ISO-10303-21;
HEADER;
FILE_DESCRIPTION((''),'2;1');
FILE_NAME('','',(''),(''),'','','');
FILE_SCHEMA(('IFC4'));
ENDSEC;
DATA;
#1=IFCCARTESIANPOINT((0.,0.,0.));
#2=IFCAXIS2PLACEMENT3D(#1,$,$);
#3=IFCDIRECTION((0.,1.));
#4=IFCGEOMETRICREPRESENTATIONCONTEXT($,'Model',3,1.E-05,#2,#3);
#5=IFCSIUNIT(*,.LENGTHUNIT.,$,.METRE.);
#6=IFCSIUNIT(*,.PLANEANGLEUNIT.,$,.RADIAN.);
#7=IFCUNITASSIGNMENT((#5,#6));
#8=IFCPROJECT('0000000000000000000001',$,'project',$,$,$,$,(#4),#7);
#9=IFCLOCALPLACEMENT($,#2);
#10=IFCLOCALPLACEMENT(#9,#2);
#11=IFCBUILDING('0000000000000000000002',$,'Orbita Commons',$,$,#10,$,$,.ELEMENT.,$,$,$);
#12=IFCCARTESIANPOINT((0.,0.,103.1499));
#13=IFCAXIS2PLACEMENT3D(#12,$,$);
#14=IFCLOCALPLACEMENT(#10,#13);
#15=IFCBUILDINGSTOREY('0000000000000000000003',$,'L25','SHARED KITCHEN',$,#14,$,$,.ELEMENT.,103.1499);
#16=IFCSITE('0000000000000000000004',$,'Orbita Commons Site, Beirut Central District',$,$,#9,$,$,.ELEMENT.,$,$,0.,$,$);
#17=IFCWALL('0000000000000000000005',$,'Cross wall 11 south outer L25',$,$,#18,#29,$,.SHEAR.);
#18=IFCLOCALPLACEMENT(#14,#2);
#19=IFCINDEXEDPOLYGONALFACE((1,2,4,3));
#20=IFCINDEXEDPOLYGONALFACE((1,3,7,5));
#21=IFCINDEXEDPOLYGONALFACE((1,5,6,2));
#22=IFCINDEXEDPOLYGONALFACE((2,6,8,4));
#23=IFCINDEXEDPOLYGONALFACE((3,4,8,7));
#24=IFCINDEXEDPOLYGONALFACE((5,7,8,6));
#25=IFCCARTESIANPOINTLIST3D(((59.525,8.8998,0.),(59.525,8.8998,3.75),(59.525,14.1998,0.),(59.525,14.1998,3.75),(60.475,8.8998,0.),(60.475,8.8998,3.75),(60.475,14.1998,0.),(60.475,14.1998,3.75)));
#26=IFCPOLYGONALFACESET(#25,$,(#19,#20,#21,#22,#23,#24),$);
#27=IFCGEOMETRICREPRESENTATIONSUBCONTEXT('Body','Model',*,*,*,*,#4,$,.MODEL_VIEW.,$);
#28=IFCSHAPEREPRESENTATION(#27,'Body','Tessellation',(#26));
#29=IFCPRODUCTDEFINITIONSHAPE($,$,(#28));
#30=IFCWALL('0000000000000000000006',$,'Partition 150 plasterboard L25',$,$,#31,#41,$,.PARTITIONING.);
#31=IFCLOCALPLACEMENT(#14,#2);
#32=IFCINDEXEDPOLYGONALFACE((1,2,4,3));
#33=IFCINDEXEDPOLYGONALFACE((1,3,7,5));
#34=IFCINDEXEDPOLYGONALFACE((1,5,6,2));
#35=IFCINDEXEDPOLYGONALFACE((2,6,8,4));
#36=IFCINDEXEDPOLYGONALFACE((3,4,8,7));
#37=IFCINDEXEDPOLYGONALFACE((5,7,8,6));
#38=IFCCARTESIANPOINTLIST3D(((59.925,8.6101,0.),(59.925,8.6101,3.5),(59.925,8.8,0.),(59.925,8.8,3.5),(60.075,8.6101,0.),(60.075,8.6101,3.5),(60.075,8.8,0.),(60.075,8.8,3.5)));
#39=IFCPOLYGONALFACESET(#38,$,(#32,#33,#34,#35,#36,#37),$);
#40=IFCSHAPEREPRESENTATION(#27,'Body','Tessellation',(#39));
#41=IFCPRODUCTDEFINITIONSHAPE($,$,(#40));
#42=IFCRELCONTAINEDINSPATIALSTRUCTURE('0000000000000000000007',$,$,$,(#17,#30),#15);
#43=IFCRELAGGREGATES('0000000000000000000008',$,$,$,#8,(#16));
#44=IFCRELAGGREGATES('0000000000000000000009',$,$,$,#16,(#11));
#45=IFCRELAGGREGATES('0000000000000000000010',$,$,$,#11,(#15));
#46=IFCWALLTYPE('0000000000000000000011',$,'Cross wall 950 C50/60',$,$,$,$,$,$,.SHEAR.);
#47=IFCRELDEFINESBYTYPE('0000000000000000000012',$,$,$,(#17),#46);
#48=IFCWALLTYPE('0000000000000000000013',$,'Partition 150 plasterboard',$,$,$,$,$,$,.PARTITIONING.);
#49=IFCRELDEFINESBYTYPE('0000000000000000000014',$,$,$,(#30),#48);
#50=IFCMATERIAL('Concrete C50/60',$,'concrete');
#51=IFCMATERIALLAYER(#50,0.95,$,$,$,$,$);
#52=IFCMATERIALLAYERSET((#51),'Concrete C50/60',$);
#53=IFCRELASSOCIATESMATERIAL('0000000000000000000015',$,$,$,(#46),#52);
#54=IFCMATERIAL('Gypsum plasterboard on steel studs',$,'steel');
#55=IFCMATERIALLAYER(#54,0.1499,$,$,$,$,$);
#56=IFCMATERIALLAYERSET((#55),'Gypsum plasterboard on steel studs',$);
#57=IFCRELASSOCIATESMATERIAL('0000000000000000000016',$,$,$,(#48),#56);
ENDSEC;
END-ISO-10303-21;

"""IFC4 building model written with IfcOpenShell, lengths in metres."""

from ifc_helpers import new_model, si_unit, direction, frame, frame_2d, origin, place, context, subcontext, project, spatial, rectangle, extrude, material, layer, layer_set, type_object, element, save


model = new_model("IFC4")

# Units and contexts
model_context = context("Model", 3, precision=1e-05, world=origin(), true_north=direction((0.0, 1.0)))
body_context = subcontext(model_context, "Body", "Model", "MODEL_VIEW")
ifc_project = project(units=[si_unit("LENGTHUNIT", "METRE"), si_unit("PLANEANGLEUNIT", "RADIAN")], contexts=[model_context])

# Site, building, storey
site_placement = place(None, origin())
site = spatial("IfcSite", under=ifc_project, at=site_placement, Name="Orbita Commons Site, Beirut Central District", CompositionType="ELEMENT", RefElevation=0.0)
building_placement = place(site_placement, origin())
building = spatial("IfcBuilding", under=site, at=building_placement, Name="Orbita Commons", CompositionType="ELEMENT")
storey_placement = place(building_placement, frame((0.0, 0.0, 103.1499)))
storey = spatial("IfcBuildingStorey", under=building, at=storey_placement, Name="L25", Description="SHARED KITCHEN", CompositionType="ELEMENT", Elevation=103.1499)

# Walls
ifc_material_1 = material(Name="Concrete C50/60", Category="concrete")
ifc_layer_1 = layer(ifc_material_1, 0.95)
ifc_layer_set_1 = layer_set([ifc_layer_1], Name="Concrete C50/60")
wall_type_1 = type_object("IfcWallType", Name="Cross wall 950 C50/60", PredefinedType="SHEAR", material=ifc_layer_set_1)
wall_1_placement = place(storey_placement, frame((60.0, 8.8999, 0.0), z_axis=(0.0, 0.0, 1.0), x_axis=(0.0, 1.0, 0.0)))
element("IfcWall", 1, at=wall_1_placement, inside=storey, type_object=wall_type_1, Name="Cross wall 11 south outer L25", PredefinedType="SHEAR", context=body_context, shape_type="SweptSolid", body=[
    extrude(rectangle(XDim=5.3, YDim=0.95, at=frame_2d((2.6499, 0.0))), origin(), (0.0, 0.0, 1.0), 3.75),
])
ifc_material_2 = material(Name="Gypsum plasterboard on steel studs", Category="steel")
ifc_layer_2 = layer(ifc_material_2, 0.1499)
ifc_layer_set_2 = layer_set([ifc_layer_2], Name="Gypsum plasterboard on steel studs")
wall_type_2 = type_object("IfcWallType", Name="Partition 150 plasterboard", PredefinedType="PARTITIONING", material=ifc_layer_set_2)
wall_2_placement = place(storey_placement, frame((60.0, 8.8, 0.0), z_axis=(0.0, 0.0, 1.0), x_axis=(0.0, -1.0, 0.0)))
element("IfcWall", 2, at=wall_2_placement, inside=storey, type_object=wall_type_2, Name="Partition 150 plasterboard L25", PredefinedType="PARTITIONING", context=body_context, shape_type="SweptSolid", body=[
    extrude(rectangle(XDim=0.1899, YDim=0.1499, at=frame_2d((0.095, 0.0))), origin(), (0.0, 0.0, 1.0), 3.5),
])

save(model, "model.ifc")
